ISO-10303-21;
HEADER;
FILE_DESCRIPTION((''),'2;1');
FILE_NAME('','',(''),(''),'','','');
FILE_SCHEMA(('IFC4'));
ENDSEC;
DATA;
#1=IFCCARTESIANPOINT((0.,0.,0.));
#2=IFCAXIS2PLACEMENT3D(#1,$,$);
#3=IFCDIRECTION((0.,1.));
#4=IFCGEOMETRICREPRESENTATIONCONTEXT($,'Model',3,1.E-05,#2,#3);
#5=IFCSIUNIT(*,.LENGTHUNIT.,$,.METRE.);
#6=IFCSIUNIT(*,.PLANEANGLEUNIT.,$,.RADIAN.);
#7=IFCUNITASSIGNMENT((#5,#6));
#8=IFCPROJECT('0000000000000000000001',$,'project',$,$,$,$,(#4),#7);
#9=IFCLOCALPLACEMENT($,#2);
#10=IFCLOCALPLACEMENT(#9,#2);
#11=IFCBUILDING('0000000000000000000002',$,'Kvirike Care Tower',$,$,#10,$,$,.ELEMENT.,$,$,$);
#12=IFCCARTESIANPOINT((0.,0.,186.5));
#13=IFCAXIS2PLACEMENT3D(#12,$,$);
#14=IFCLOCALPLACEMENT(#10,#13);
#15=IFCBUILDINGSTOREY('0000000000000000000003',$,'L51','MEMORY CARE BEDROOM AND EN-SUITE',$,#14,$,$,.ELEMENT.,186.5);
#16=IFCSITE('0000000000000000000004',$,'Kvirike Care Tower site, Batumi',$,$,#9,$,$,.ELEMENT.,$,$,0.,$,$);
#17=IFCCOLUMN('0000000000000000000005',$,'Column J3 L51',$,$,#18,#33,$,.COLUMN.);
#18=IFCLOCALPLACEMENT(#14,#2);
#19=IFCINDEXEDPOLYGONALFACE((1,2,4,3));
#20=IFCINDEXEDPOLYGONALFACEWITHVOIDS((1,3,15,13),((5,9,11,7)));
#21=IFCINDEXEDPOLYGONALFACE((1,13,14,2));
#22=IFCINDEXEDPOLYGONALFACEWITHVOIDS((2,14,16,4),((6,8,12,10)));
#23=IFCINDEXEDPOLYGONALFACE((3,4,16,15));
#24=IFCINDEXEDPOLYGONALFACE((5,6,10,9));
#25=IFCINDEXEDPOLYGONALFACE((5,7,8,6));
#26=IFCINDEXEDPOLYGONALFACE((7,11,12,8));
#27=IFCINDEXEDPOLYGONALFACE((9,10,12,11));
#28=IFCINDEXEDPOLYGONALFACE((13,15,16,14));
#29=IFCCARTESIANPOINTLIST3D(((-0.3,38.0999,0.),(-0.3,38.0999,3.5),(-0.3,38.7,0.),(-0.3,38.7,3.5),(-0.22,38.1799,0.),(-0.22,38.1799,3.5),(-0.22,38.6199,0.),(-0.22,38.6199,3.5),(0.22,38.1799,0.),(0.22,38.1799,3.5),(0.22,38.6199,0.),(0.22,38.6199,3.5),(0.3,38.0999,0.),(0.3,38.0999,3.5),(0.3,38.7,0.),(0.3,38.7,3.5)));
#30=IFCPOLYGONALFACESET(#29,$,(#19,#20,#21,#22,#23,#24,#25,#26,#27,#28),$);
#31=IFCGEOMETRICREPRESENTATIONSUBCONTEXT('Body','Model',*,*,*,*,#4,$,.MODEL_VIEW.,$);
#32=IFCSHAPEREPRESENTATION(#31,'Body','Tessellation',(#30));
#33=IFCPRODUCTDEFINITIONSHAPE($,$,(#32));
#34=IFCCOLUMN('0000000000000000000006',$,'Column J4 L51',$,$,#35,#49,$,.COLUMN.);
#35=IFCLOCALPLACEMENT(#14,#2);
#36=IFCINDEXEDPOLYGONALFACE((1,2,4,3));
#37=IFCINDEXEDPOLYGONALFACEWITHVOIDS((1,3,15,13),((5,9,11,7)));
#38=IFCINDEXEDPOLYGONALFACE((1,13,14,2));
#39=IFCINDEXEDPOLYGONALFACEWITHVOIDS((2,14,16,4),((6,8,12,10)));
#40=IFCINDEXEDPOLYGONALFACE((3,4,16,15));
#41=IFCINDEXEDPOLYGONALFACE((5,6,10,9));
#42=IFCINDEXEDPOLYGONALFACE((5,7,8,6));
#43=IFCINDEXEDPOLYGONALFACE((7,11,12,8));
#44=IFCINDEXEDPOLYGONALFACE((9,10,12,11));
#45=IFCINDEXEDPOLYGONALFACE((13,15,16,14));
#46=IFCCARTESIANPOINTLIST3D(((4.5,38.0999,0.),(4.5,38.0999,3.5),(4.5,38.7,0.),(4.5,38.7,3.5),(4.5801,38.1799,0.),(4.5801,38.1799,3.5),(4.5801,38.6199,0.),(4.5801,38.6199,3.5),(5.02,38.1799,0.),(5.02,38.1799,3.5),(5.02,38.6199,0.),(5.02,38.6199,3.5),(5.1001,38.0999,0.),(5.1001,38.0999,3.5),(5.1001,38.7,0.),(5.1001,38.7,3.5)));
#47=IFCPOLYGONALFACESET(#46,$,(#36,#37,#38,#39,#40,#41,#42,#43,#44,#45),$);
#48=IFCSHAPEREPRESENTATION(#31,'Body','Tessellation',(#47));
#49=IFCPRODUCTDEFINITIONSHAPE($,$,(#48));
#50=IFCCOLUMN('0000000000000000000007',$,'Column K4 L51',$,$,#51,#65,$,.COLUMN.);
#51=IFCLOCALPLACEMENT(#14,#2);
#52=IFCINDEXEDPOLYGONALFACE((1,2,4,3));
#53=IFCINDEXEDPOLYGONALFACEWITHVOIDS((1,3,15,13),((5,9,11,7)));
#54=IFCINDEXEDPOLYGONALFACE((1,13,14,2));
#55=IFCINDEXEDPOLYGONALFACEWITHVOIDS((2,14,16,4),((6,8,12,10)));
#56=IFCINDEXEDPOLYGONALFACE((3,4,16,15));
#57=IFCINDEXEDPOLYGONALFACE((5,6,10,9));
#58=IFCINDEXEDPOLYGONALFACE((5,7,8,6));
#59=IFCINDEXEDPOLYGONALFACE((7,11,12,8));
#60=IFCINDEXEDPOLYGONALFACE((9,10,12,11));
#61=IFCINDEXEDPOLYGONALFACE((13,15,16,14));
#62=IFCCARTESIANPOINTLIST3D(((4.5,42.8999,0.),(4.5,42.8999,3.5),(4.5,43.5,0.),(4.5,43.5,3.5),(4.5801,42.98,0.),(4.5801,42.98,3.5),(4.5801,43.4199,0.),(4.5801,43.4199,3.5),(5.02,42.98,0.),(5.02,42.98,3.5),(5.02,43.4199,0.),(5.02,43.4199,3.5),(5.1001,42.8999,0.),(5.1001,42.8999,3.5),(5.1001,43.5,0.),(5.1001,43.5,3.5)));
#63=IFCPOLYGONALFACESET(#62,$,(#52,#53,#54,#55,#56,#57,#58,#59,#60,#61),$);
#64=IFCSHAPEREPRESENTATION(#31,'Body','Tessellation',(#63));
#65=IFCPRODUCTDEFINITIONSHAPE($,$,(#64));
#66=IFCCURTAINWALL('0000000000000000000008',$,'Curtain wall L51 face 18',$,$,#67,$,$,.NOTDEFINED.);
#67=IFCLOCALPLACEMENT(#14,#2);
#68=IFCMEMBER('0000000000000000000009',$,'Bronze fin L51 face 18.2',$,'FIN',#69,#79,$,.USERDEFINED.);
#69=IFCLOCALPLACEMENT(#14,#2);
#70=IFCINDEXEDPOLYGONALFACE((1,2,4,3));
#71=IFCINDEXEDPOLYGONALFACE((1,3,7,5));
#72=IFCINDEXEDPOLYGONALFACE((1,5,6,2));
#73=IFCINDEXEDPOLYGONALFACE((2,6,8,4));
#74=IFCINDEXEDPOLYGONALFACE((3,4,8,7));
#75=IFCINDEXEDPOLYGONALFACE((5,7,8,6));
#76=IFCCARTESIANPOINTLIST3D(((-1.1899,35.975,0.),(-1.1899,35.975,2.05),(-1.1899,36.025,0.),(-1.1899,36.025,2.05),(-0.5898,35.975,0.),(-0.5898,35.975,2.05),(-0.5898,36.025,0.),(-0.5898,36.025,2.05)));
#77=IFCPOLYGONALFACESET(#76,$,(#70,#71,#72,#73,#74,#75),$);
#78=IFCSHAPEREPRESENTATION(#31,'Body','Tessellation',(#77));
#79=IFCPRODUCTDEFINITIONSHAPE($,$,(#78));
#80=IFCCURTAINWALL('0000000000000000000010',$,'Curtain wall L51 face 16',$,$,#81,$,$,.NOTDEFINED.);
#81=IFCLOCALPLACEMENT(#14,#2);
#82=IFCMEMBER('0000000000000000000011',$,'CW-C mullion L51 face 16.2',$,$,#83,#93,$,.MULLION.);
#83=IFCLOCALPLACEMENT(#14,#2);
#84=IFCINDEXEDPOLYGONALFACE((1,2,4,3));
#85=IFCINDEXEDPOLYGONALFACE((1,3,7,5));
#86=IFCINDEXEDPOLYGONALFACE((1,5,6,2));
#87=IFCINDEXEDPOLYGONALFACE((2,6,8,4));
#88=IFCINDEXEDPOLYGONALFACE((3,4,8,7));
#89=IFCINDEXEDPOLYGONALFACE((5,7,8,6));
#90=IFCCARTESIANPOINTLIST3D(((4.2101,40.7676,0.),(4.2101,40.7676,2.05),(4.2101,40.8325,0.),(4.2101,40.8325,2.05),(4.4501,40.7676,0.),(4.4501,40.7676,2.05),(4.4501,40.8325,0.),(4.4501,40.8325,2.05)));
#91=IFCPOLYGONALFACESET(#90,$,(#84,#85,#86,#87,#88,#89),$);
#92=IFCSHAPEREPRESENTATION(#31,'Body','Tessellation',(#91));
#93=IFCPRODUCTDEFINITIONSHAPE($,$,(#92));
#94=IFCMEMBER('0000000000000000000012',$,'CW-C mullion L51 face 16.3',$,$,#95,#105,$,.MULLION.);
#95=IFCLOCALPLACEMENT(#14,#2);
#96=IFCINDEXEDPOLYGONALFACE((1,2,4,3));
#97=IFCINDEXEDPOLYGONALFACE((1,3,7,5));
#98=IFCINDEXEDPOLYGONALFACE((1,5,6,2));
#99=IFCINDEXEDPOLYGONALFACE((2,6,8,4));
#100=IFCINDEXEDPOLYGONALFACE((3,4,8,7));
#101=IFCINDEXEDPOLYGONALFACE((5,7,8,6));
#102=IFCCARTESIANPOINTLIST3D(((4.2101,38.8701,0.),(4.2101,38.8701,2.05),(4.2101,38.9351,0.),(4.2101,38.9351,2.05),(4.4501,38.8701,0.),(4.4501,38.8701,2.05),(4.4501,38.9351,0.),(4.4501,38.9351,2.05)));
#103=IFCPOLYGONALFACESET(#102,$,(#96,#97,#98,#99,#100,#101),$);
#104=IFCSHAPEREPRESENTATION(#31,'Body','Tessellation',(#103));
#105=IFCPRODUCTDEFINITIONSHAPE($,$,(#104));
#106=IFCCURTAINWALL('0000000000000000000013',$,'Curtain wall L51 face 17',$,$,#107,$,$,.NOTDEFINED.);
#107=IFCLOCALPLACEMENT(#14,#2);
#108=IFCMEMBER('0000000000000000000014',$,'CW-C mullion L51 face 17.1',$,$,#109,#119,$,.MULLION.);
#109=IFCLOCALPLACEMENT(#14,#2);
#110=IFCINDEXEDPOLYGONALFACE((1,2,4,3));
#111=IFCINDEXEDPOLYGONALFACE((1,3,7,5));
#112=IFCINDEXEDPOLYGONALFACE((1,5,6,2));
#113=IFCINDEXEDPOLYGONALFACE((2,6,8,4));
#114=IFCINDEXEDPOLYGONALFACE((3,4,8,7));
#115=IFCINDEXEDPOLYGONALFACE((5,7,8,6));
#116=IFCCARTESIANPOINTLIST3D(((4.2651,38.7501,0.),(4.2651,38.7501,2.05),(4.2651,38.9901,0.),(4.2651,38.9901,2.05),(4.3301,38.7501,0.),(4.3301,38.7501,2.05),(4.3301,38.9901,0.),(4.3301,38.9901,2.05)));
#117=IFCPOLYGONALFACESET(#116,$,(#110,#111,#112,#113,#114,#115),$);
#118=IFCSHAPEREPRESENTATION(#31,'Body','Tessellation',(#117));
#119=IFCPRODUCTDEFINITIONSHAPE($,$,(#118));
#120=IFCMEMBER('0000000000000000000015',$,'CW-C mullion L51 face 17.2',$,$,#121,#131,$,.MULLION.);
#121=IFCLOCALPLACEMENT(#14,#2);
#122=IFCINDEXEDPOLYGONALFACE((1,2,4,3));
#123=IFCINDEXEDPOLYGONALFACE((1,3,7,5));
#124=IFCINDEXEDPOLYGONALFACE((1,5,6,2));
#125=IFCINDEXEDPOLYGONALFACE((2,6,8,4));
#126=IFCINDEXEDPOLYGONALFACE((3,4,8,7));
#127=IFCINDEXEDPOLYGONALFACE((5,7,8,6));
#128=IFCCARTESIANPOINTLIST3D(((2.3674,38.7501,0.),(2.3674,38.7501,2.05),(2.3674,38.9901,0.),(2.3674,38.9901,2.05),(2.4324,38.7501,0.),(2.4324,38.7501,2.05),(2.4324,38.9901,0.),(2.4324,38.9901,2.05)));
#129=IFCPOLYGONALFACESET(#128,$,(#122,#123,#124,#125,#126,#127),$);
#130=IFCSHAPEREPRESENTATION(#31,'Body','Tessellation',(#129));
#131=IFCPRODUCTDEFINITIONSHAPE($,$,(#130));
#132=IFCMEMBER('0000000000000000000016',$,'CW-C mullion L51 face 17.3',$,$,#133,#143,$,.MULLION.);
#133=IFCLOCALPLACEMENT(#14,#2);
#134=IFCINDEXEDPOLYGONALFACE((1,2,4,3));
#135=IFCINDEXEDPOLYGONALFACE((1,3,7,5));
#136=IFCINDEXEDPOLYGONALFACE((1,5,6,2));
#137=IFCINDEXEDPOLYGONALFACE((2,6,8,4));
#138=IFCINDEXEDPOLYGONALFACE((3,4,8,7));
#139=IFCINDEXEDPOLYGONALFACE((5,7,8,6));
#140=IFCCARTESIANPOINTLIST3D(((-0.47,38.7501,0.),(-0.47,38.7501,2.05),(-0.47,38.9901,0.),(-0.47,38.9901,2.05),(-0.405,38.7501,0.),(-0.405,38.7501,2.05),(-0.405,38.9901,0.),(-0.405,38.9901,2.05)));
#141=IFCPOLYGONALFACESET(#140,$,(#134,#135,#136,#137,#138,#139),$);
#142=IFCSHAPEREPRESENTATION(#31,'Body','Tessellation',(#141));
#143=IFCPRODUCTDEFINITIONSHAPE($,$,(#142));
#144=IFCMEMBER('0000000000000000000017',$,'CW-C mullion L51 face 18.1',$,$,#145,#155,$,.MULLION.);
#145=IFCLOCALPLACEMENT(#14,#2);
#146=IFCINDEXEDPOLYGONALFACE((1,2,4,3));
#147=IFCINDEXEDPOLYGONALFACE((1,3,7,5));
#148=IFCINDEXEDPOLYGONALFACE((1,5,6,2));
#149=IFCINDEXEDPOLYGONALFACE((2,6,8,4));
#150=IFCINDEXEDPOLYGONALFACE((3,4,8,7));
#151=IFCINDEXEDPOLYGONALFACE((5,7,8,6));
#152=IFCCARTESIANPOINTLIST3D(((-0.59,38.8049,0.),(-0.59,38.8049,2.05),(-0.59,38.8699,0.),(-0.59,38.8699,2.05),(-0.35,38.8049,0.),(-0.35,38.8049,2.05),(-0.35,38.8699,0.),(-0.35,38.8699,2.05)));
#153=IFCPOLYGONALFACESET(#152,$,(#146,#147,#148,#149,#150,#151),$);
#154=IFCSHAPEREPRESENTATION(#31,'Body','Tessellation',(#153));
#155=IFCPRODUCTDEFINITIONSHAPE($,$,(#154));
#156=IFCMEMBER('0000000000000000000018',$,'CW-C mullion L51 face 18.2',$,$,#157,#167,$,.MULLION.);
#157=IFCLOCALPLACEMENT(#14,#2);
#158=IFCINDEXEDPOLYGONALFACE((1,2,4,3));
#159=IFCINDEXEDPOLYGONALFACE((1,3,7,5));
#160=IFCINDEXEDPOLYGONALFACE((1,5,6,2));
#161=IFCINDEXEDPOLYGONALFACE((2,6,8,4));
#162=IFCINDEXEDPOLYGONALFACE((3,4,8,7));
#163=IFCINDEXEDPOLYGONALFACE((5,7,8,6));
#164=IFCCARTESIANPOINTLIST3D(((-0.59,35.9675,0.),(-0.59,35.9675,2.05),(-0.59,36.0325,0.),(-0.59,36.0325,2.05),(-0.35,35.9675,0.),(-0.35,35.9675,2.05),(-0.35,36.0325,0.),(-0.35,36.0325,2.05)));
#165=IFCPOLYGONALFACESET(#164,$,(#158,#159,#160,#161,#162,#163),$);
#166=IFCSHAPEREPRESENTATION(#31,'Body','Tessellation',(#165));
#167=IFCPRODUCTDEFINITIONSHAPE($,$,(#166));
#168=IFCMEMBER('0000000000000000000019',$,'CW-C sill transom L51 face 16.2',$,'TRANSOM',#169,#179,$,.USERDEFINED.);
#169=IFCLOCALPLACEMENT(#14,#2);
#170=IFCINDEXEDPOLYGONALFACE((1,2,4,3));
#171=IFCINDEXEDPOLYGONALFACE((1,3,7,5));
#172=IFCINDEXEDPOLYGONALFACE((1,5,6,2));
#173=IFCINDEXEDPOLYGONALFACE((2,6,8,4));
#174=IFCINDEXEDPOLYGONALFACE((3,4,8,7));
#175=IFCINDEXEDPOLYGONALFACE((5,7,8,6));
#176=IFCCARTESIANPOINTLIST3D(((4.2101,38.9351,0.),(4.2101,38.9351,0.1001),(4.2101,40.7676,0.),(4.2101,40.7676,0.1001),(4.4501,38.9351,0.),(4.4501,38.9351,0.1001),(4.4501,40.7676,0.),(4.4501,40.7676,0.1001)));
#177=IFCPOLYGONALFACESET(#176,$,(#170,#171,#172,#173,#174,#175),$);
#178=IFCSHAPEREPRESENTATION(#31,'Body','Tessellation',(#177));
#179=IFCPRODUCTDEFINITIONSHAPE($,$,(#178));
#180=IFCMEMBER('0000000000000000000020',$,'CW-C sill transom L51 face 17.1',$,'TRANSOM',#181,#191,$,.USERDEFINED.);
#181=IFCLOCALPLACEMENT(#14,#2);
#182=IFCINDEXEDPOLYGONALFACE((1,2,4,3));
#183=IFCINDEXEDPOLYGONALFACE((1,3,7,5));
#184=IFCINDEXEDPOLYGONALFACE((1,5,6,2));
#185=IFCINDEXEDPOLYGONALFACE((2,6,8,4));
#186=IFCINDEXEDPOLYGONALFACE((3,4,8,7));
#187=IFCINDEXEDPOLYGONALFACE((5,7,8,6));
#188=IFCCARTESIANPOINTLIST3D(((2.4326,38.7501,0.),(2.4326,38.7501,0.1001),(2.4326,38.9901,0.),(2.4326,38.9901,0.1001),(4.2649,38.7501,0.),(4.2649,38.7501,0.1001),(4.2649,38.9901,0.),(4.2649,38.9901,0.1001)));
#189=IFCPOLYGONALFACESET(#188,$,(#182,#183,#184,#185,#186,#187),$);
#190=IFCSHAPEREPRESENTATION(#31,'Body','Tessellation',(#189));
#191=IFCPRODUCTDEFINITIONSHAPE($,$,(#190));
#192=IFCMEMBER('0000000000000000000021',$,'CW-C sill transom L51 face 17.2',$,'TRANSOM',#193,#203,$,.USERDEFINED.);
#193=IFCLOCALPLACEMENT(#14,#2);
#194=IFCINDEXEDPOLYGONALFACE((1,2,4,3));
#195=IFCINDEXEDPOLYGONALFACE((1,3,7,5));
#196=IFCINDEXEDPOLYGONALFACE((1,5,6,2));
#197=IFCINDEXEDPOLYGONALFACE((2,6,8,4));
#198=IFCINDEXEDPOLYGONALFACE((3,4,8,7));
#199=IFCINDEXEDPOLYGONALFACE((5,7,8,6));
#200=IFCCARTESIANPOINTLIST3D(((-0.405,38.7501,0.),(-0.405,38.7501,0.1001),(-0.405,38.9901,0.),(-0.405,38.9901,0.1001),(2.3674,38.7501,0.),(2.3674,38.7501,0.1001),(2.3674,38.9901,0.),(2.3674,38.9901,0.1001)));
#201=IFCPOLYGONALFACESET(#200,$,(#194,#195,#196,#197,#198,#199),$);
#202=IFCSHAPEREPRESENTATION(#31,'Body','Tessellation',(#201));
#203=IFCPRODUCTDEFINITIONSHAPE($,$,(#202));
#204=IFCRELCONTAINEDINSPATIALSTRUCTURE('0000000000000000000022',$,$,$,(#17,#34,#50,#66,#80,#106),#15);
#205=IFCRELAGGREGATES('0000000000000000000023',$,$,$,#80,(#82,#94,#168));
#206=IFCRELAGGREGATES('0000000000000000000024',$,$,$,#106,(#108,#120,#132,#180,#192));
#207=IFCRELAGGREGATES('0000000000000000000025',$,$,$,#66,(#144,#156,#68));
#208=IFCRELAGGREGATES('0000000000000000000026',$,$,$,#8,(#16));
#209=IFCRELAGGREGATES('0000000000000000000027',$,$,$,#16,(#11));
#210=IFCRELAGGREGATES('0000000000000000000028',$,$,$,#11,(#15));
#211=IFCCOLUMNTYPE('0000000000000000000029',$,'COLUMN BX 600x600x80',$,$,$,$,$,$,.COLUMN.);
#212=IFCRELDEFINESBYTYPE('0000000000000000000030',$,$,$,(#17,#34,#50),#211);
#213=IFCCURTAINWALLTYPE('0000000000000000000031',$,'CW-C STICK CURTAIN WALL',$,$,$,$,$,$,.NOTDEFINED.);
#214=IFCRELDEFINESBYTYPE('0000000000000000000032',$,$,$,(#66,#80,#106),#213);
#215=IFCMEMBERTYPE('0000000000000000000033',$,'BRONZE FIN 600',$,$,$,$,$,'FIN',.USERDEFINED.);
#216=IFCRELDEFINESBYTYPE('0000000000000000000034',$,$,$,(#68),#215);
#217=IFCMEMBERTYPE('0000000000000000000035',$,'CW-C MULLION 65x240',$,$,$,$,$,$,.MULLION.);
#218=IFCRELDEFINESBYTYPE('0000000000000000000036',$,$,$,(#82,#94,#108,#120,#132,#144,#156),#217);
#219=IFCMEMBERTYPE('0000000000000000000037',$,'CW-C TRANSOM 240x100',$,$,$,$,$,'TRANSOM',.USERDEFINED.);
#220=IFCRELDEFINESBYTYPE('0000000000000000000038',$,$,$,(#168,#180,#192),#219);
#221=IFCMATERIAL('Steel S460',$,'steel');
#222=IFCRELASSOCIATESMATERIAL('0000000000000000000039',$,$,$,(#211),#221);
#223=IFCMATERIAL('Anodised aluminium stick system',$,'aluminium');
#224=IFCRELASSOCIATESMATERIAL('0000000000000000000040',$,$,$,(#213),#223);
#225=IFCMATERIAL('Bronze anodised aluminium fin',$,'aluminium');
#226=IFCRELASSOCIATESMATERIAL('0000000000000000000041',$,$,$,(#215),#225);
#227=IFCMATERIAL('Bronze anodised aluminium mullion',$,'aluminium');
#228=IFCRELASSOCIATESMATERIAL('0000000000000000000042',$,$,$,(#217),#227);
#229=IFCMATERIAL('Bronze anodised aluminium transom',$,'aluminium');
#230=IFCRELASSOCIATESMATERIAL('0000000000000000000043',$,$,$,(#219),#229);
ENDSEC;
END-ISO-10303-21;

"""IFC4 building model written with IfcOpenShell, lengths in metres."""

from ifc_helpers import new_model, si_unit, direction, frame, origin, origin_2d, place, context, subcontext, project, spatial, rectangle, hollow_rectangle, extrude, material, material_profile, profile_set, type_object, element, aggregate, save


model = new_model("IFC4")

# Units and contexts
model_context = context("Model", 3, precision=1e-05, world=origin(), true_north=direction((0.0, 1.0)))
body_context = subcontext(model_context, "Body", "Model", "MODEL_VIEW")
ifc_project = project(units=[si_unit("LENGTHUNIT", "METRE"), si_unit("PLANEANGLEUNIT", "RADIAN")], contexts=[model_context])

# Site, building, storey
site_placement = place(None, origin())
site = spatial("IfcSite", under=ifc_project, at=site_placement, Name="Kvirike Care Tower site, Batumi", CompositionType="ELEMENT", RefElevation=0.0)
building_placement = place(site_placement, origin())
building = spatial("IfcBuilding", under=site, at=building_placement, Name="Kvirike Care Tower", CompositionType="ELEMENT")
storey_placement = place(building_placement, frame((0.0, 0.0, 186.5)))
storey = spatial("IfcBuildingStorey", under=building, at=storey_placement, Name="L51", Description="MEMORY CARE BEDROOM AND EN-SUITE", CompositionType="ELEMENT", Elevation=186.5)

# Columns
ifc_material_1 = material(Name="Steel S460", Category="steel")
ifc_material_profile_1 = material_profile(ifc_material_1, hollow_rectangle(XDim=0.6001, YDim=0.6001, WallThickness=0.0801, at=origin_2d()), Name="BX 600x600x80")
ifc_profile_set_1 = profile_set([ifc_material_profile_1], Name="Steel S460")
column_type = type_object("IfcColumnType", Name="COLUMN BX 600x600x80", PredefinedType="COLUMN", material=ifc_profile_set_1)
for number, where, z_axis, x_axis, name in (
    (1, (0.0, 38.3999, 0.0), (0.0, 0.0, 1.0), (0.0, 1.0, 0.0), "Column J3 L51"),
    (2, (4.8, 38.3999, 0.0), (0.0, 0.0, 1.0), (0.0, 1.0, 0.0), "Column J4 L51"),
    (3, (4.8, 43.2, 0.0), (0.0, 0.0, 1.0), (0.0, 1.0, 0.0), "Column K4 L51"),
):
    element("IfcColumn", number, at=place(storey_placement, frame(where, z_axis=z_axis, x_axis=x_axis)), inside=storey, type_object=column_type, Name=name, PredefinedType="COLUMN", context=body_context, shape_type="SweptSolid", body=[
        extrude(hollow_rectangle(XDim=0.6001, YDim=0.6001, WallThickness=0.0801, at=origin_2d()), origin(), (0.0, 0.0, 1.0), 3.5),
    ])

# Curtain wall, member
ifc_material_2 = material(Name="Anodised aluminium stick system", Category="aluminium")
curtain_wall_type = type_object("IfcCurtainWallType", Name="CW-C STICK CURTAIN WALL", PredefinedType="NOTDEFINED", material=ifc_material_2)
curtain_wall_1_placement = place(storey_placement, origin())
curtain_wall_1 = element("IfcCurtainWall", 4, at=curtain_wall_1_placement, inside=storey, type_object=curtain_wall_type, Name="Curtain wall L51 face 18", PredefinedType="NOTDEFINED")
ifc_material_3 = material(Name="Bronze anodised aluminium fin", Category="aluminium")
ifc_material_profile_2 = material_profile(ifc_material_3, rectangle(XDim=0.05, YDim=0.6001, at=origin_2d()), Name="BRONZE FIN 600")
ifc_profile_set_2 = profile_set([ifc_material_profile_2], Name="Bronze anodised aluminium fin")
member_type_1 = type_object("IfcMemberType", Name="BRONZE FIN 600", ElementType="FIN", PredefinedType="USERDEFINED", material=ifc_profile_set_2)
member_1_placement = place(storey_placement, frame((-0.8899, 36.0, 0.0), z_axis=(0.0, 0.0, 1.0), x_axis=(0.0, -1.0, 0.0)))
member_1 = element("IfcMember", 5, at=member_1_placement, type_object=member_type_1, Name="Bronze fin L51 face 18.2", ObjectType="FIN", PredefinedType="USERDEFINED", context=body_context, shape_type="SweptSolid", body=[
    extrude(rectangle(XDim=0.05, YDim=0.6001, at=origin_2d()), origin(), (0.0, 0.0, 1.0), 2.05),
])

# Curtain walls, members
curtain_wall_2_placement = place(storey_placement, origin())
curtain_wall_2 = element("IfcCurtainWall", 6, at=curtain_wall_2_placement, inside=storey, type_object=curtain_wall_type, Name="Curtain wall L51 face 16", PredefinedType="NOTDEFINED")
ifc_material_4 = material(Name="Bronze anodised aluminium mullion", Category="aluminium")
ifc_material_profile_3 = material_profile(ifc_material_4, rectangle(XDim=0.0649, YDim=0.24, at=origin_2d()), Name="CW-C MULLION 65x240")
ifc_profile_set_3 = profile_set([ifc_material_profile_3], Name="Bronze anodised aluminium mullion")
member_type_2 = type_object("IfcMemberType", Name="CW-C MULLION 65x240", PredefinedType="MULLION", material=ifc_profile_set_3)
member_2_placement = place(storey_placement, frame((4.3301, 40.8, 0.0), z_axis=(0.0, 0.0, 1.0), x_axis=(0.0, -1.0, 0.0)))
member_2 = element("IfcMember", 7, at=member_2_placement, type_object=member_type_2, Name="CW-C mullion L51 face 16.2", PredefinedType="MULLION", context=body_context, shape_type="SweptSolid", body=[
    extrude(rectangle(XDim=0.0649, YDim=0.24, at=origin_2d()), origin(), (0.0, 0.0, 1.0), 2.05),
])
member_3_placement = place(storey_placement, frame((4.3301, 38.9026, 0.0), z_axis=(0.0, 0.0, 1.0), x_axis=(0.0, -1.0, 0.0)))
member_3 = element("IfcMember", 8, at=member_3_placement, type_object=member_type_2, Name="CW-C mullion L51 face 16.3", PredefinedType="MULLION", context=body_context, shape_type="SweptSolid", body=[
    extrude(rectangle(XDim=0.0649, YDim=0.24, at=origin_2d()), origin(), (0.0, 0.0, 1.0), 2.05),
])
curtain_wall_3_placement = place(storey_placement, origin())
curtain_wall_3 = element("IfcCurtainWall", 9, at=curtain_wall_3_placement, inside=storey, type_object=curtain_wall_type, Name="Curtain wall L51 face 17", PredefinedType="NOTDEFINED")
member_4_placement = place(storey_placement, frame((4.2976, 38.8701, 0.0), z_axis=(0.0, 0.0, 1.0), x_axis=(-1.0, 0.0, 0.0)))
member_4 = element("IfcMember", 10, at=member_4_placement, type_object=member_type_2, Name="CW-C mullion L51 face 17.1", PredefinedType="MULLION", context=body_context, shape_type="SweptSolid", body=[
    extrude(rectangle(XDim=0.0649, YDim=0.24, at=origin_2d()), origin(), (0.0, 0.0, 1.0), 2.05),
])
member_5_placement = place(storey_placement, frame((2.3999, 38.8701, 0.0), z_axis=(0.0, 0.0, 1.0), x_axis=(-1.0, 0.0, 0.0)))
member_5 = element("IfcMember", 11, at=member_5_placement, type_object=member_type_2, Name="CW-C mullion L51 face 17.2", PredefinedType="MULLION", context=body_context, shape_type="SweptSolid", body=[
    extrude(rectangle(XDim=0.0649, YDim=0.24, at=origin_2d()), origin(), (0.0, 0.0, 1.0), 2.05),
])
member_6_placement = place(storey_placement, frame((-0.4375, 38.8701, 0.0), z_axis=(0.0, 0.0, 1.0), x_axis=(-1.0, 0.0, 0.0)))
member_6 = element("IfcMember", 12, at=member_6_placement, type_object=member_type_2, Name="CW-C mullion L51 face 17.3", PredefinedType="MULLION", context=body_context, shape_type="SweptSolid", body=[
    extrude(rectangle(XDim=0.0649, YDim=0.24, at=origin_2d()), origin(), (0.0, 0.0, 1.0), 2.05),
])

# Members
member_7_placement = place(storey_placement, frame((-0.47, 38.8374, 0.0), z_axis=(0.0, 0.0, 1.0), x_axis=(0.0, -1.0, 0.0)))
member_7 = element("IfcMember", 13, at=member_7_placement, type_object=member_type_2, Name="CW-C mullion L51 face 18.1", PredefinedType="MULLION", context=body_context, shape_type="SweptSolid", body=[
    extrude(rectangle(XDim=0.0649, YDim=0.24, at=origin_2d()), origin(), (0.0, 0.0, 1.0), 2.05),
])
member_8_placement = place(storey_placement, frame((-0.47, 36.0, 0.0), z_axis=(0.0, 0.0, 1.0), x_axis=(0.0, -1.0, 0.0)))
member_8 = element("IfcMember", 14, at=member_8_placement, type_object=member_type_2, Name="CW-C mullion L51 face 18.2", PredefinedType="MULLION", context=body_context, shape_type="SweptSolid", body=[
    extrude(rectangle(XDim=0.0649, YDim=0.24, at=origin_2d()), origin(), (0.0, 0.0, 1.0), 2.05),
])
ifc_material_5 = material(Name="Bronze anodised aluminium transom", Category="aluminium")
ifc_material_profile_4 = material_profile(ifc_material_5, rectangle(XDim=0.24, YDim=0.1001, at=origin_2d()), Name="CW-C TRANSOM 240x100")
ifc_profile_set_4 = profile_set([ifc_material_profile_4], Name="Bronze anodised aluminium transom")
member_type_3 = type_object("IfcMemberType", Name="CW-C TRANSOM 240x100", ElementType="TRANSOM", PredefinedType="USERDEFINED", material=ifc_profile_set_4)
member_9_placement = place(storey_placement, frame((4.3301, 40.7676, 0.05), z_axis=(0.0, -1.0, 0.0), x_axis=(1.0, 0.0, 0.0)))
member_9 = element("IfcMember", 15, at=member_9_placement, type_object=member_type_3, Name="CW-C sill transom L51 face 16.2", ObjectType="TRANSOM", PredefinedType="USERDEFINED", context=body_context, shape_type="SweptSolid", body=[
    extrude(rectangle(XDim=0.24, YDim=0.1001, at=origin_2d()), origin(), (0.0, 0.0, 1.0), 1.8325),
])
member_10_placement = place(storey_placement, frame((4.2649, 38.8701, 0.05), z_axis=(-1.0, 0.0, 0.0), x_axis=(0.0, -1.0, 0.0)))
member_10 = element("IfcMember", 16, at=member_10_placement, type_object=member_type_3, Name="CW-C sill transom L51 face 17.1", ObjectType="TRANSOM", PredefinedType="USERDEFINED", context=body_context, shape_type="SweptSolid", body=[
    extrude(rectangle(XDim=0.24, YDim=0.1001, at=origin_2d()), origin(), (0.0, 0.0, 1.0), 1.8323),
])
member_11_placement = place(storey_placement, frame((2.3674, 38.8701, 0.05), z_axis=(-1.0, 0.0, 0.0), x_axis=(0.0, -1.0, 0.0)))
member_11 = element("IfcMember", 17, at=member_11_placement, type_object=member_type_3, Name="CW-C sill transom L51 face 17.2", ObjectType="TRANSOM", PredefinedType="USERDEFINED", context=body_context, shape_type="SweptSolid", body=[
    extrude(rectangle(XDim=0.24, YDim=0.1001, at=origin_2d()), origin(), (0.0, 0.0, 1.0), 2.7725),
])

aggregate(curtain_wall_2, [member_2, member_3, member_9])
aggregate(curtain_wall_3, [member_4, member_5, member_6, member_10, member_11])
aggregate(curtain_wall_1, [member_7, member_8, member_1])

save(model, "model.ifc")
